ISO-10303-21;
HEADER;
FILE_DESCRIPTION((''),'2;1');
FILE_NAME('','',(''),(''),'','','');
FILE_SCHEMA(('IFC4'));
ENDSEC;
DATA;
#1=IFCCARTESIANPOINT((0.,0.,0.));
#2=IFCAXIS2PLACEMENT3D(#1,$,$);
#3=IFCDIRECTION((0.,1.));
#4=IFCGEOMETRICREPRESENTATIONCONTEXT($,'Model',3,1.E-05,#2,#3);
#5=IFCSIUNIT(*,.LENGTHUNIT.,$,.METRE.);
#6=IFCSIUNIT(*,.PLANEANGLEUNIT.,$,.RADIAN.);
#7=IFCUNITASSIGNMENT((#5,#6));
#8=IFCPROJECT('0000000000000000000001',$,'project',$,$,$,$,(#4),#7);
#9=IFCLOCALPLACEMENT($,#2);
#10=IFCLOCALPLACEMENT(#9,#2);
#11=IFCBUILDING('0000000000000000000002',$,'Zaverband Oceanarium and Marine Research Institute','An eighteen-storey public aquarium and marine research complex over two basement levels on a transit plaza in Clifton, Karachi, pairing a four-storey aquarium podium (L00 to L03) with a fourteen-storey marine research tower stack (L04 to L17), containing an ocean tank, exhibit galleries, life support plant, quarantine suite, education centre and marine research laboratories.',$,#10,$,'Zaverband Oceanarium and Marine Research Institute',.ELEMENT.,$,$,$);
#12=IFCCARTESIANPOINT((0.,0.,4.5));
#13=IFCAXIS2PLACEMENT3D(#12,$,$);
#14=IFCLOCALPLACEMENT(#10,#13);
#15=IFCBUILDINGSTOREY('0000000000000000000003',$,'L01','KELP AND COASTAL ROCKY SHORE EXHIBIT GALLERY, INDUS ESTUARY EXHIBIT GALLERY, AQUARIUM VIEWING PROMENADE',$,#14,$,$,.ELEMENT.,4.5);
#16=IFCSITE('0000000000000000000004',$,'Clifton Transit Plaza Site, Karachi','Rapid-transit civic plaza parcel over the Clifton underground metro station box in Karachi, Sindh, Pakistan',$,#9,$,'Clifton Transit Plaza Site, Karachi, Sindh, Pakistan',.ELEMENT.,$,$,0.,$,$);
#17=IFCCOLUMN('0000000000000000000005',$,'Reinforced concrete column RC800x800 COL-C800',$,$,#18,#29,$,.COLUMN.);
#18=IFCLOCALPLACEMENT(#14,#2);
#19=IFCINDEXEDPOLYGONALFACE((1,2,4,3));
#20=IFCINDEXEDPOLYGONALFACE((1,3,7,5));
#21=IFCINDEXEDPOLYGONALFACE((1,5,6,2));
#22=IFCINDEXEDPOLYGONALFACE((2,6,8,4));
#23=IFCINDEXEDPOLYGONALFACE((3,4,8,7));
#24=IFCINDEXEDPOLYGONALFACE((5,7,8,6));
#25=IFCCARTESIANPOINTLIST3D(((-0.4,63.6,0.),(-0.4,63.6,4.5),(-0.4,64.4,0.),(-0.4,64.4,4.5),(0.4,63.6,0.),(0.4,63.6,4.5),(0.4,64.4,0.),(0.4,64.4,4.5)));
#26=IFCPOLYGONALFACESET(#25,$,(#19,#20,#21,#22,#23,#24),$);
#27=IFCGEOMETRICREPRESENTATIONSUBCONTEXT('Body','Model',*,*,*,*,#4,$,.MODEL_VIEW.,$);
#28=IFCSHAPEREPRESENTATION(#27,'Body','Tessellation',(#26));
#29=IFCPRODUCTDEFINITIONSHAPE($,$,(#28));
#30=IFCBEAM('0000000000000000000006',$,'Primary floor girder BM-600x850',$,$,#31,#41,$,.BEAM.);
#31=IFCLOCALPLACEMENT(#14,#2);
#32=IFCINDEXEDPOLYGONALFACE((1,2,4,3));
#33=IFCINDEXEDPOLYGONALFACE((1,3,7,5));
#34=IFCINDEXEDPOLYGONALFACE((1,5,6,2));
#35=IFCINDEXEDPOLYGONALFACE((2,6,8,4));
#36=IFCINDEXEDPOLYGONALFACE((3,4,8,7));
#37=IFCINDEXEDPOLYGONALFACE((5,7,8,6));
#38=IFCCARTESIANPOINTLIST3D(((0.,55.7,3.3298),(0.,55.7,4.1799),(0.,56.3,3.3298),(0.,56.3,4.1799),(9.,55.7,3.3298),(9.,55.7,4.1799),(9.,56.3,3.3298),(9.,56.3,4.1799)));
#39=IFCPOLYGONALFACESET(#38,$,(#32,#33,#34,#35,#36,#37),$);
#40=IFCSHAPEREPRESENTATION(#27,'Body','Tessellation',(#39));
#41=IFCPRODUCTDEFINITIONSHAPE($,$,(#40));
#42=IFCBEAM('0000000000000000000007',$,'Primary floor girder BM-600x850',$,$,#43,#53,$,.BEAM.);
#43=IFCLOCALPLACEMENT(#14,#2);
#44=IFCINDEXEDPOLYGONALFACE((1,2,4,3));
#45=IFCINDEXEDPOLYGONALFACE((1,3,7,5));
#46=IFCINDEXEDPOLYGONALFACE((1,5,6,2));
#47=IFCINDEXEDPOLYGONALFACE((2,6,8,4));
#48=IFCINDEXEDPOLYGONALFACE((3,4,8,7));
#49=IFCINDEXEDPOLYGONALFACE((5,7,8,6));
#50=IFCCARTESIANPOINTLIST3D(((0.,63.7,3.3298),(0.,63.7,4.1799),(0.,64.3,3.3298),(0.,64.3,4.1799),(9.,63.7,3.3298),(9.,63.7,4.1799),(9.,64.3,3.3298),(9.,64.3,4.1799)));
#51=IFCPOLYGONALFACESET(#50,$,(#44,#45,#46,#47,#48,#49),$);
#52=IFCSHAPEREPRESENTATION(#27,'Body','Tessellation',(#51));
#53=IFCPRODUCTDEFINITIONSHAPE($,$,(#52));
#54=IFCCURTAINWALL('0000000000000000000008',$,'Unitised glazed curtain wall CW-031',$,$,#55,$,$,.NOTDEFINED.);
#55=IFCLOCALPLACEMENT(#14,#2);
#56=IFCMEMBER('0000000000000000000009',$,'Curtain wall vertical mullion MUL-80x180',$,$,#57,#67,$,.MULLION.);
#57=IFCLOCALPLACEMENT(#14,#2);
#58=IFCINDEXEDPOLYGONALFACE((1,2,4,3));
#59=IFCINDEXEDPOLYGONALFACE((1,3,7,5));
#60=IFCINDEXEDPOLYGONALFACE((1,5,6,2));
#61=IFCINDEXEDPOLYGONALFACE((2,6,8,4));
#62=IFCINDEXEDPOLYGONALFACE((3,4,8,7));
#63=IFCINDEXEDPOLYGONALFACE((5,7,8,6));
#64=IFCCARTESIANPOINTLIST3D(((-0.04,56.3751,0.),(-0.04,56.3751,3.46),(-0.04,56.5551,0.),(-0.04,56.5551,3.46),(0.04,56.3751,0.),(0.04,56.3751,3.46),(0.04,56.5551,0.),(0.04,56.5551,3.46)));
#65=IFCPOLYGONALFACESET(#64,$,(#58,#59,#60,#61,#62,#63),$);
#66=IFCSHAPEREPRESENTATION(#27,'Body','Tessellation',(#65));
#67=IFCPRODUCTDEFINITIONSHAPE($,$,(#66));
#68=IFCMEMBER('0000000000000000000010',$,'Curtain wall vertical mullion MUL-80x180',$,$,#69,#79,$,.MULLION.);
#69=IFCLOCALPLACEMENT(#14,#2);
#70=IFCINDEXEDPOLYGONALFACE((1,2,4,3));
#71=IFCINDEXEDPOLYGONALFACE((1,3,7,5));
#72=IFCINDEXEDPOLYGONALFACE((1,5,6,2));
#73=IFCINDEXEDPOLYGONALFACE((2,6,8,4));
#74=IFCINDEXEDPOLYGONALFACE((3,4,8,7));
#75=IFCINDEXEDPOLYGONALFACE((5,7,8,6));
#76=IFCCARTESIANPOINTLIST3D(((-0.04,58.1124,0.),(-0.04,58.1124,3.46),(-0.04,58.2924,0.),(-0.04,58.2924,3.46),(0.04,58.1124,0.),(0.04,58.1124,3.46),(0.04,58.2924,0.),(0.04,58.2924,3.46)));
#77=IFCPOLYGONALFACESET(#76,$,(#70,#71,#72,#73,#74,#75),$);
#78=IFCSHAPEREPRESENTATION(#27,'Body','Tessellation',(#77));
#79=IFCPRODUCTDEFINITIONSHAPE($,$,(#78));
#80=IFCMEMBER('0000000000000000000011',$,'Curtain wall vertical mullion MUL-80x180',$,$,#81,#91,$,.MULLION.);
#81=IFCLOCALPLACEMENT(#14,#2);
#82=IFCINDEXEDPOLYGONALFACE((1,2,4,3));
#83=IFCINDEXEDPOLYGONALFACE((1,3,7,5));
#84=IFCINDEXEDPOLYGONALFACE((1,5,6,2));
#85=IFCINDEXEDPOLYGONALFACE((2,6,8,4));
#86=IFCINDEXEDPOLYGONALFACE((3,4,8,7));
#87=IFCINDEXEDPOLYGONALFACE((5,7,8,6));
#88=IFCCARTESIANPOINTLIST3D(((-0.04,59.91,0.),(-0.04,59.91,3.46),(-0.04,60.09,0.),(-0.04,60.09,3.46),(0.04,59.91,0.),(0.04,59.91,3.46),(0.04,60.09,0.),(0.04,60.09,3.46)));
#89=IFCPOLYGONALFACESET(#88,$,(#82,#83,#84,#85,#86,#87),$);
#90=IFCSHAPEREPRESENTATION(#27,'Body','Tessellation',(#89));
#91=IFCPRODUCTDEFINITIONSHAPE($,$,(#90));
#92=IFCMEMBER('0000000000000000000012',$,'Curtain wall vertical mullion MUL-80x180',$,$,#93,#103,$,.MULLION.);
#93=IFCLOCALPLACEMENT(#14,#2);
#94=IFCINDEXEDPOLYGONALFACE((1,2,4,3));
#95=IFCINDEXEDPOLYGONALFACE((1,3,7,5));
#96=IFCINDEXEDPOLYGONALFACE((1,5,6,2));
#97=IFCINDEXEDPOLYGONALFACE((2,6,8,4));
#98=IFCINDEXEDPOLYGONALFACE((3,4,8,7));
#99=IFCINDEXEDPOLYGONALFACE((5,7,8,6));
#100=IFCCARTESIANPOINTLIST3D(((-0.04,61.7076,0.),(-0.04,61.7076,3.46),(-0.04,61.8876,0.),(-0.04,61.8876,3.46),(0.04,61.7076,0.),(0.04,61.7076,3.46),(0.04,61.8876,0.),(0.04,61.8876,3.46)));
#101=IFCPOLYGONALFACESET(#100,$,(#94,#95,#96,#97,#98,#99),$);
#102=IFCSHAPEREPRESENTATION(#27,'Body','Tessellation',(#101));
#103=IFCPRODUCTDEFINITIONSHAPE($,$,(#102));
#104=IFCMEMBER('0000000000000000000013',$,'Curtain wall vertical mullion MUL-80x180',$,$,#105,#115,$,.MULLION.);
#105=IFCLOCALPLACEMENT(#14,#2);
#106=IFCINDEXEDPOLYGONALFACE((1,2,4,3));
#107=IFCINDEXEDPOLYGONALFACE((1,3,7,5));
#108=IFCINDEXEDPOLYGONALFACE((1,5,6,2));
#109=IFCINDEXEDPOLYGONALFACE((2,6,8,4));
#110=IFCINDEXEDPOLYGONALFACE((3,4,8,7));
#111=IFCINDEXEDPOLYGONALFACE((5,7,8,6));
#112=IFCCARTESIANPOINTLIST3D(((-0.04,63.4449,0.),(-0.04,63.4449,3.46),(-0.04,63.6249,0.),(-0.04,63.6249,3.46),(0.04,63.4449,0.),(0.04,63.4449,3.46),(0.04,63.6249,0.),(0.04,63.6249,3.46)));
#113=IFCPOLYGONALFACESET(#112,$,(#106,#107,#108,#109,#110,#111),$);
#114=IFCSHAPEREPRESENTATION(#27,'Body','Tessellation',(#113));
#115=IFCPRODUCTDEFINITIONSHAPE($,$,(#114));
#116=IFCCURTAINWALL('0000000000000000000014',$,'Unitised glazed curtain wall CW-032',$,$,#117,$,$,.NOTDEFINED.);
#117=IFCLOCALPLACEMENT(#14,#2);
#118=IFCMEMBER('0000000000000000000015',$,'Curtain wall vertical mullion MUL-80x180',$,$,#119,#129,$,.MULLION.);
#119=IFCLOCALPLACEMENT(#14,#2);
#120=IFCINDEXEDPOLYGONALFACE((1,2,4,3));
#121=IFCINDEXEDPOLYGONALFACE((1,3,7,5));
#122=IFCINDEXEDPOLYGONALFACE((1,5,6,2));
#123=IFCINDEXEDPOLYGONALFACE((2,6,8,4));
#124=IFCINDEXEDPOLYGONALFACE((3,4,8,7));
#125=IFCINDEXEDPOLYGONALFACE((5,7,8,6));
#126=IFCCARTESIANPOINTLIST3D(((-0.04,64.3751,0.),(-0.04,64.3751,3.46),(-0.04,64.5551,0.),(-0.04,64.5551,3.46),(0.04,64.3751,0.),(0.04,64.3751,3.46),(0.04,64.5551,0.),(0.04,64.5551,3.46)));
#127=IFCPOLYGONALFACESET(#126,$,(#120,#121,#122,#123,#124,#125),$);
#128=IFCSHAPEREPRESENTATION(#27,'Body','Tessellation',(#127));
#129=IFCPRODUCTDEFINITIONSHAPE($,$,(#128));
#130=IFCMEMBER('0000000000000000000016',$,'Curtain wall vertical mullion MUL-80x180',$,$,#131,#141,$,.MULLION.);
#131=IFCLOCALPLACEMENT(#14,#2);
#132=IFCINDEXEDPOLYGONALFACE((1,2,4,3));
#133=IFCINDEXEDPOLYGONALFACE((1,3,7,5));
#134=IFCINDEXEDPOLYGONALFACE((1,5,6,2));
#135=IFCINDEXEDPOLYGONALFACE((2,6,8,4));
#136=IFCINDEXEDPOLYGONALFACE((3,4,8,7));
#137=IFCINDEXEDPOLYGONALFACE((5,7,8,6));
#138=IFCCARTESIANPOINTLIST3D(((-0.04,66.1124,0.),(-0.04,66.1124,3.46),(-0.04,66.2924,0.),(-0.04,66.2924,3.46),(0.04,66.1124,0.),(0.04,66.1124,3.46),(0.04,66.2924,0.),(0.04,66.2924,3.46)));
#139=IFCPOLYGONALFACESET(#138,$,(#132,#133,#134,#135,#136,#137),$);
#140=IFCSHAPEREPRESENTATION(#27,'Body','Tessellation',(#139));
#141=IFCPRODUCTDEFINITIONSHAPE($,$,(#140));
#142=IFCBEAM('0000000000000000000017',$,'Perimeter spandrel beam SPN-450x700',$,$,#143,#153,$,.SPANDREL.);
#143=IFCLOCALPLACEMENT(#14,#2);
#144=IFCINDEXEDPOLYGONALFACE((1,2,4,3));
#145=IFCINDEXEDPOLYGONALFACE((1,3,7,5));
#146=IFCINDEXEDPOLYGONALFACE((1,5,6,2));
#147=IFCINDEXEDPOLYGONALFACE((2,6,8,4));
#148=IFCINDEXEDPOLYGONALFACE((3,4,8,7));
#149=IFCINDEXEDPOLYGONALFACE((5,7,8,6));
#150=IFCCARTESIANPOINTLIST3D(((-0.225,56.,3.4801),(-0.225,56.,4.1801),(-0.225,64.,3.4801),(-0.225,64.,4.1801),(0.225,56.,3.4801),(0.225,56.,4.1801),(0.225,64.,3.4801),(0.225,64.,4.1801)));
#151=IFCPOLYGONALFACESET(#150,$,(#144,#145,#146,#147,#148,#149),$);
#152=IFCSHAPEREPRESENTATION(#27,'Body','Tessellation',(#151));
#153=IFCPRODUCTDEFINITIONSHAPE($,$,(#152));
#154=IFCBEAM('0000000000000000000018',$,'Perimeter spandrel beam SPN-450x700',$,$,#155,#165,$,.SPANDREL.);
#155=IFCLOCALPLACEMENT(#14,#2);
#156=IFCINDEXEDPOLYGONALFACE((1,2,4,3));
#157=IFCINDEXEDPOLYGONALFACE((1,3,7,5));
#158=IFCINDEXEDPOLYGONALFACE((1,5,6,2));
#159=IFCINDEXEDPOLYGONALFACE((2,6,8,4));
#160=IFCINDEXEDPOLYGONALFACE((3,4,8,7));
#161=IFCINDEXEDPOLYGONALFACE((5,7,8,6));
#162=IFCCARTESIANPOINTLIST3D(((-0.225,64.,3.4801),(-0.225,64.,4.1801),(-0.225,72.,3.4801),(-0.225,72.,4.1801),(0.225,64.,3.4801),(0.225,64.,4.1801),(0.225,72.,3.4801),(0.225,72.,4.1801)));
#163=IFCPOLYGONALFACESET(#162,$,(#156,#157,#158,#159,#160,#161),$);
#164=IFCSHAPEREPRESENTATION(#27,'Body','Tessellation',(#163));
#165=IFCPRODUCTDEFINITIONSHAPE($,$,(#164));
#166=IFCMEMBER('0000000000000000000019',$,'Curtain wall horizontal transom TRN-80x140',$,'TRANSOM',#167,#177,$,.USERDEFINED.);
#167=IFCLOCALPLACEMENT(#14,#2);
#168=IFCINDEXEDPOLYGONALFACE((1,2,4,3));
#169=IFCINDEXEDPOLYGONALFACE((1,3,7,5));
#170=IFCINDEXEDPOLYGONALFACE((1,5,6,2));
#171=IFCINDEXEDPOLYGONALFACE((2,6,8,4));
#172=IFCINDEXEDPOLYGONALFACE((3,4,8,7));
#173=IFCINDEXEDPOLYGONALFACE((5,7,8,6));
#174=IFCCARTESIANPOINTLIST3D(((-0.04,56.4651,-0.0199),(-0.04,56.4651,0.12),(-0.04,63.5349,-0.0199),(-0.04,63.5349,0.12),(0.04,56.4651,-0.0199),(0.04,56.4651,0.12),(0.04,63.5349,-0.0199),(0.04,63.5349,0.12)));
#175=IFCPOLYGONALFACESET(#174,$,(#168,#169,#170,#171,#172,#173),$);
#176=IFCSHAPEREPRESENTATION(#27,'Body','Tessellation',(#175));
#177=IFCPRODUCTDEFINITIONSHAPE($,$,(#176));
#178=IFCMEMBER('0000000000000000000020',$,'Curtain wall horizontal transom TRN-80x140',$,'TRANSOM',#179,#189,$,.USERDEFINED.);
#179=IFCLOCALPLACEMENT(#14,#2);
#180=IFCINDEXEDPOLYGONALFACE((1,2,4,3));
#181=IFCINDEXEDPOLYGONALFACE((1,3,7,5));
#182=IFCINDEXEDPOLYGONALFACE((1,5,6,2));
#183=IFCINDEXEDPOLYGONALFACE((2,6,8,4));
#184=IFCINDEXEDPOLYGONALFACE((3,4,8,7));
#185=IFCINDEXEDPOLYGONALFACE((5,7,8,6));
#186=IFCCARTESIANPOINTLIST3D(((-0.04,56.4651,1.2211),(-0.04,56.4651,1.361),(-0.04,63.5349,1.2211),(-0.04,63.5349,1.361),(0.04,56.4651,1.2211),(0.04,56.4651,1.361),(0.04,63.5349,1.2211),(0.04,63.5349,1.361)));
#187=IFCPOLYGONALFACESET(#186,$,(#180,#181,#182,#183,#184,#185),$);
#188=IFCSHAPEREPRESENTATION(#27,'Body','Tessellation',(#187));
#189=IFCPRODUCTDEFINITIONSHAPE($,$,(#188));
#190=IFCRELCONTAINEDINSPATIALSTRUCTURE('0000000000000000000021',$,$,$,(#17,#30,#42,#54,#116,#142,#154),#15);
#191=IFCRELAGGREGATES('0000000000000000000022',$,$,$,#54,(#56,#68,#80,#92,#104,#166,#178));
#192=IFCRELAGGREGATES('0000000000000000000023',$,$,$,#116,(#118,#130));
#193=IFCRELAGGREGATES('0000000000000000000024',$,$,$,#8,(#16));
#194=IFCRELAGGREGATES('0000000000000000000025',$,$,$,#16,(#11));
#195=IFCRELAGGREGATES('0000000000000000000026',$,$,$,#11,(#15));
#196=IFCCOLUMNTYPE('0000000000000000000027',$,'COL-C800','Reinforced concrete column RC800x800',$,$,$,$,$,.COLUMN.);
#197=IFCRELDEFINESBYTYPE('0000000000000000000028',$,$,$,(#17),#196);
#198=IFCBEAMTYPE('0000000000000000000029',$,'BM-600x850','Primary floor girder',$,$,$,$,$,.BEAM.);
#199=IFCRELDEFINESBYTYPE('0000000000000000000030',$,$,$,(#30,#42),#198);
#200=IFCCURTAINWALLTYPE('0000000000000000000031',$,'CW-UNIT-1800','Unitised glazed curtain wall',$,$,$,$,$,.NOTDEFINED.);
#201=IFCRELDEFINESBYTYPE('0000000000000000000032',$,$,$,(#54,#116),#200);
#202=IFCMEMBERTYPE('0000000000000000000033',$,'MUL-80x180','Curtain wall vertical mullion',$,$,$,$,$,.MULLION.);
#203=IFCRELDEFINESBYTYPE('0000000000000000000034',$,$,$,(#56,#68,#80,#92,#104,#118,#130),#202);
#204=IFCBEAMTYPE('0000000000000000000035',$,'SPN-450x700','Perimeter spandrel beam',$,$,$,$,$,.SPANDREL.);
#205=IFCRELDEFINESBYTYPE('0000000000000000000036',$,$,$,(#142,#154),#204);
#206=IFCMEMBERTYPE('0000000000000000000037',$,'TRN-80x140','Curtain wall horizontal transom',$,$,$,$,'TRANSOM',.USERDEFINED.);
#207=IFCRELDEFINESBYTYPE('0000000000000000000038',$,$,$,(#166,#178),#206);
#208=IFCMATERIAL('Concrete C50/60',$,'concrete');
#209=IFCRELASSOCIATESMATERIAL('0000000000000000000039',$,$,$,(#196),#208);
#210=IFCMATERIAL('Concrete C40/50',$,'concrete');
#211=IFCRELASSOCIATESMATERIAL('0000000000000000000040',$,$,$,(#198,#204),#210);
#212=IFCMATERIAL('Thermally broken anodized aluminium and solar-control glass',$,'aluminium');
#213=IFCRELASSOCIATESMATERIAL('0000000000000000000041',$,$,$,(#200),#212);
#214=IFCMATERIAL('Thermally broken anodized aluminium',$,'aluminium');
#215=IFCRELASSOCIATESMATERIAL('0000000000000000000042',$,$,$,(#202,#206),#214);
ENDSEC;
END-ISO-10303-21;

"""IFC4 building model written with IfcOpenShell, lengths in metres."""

from ifc_helpers import new_model, si_unit, direction, frame, origin, origin_2d, place, context, subcontext, project, spatial, rectangle, extrude, material, material_profile, profile_set, type_object, element, aggregate, save


model = new_model("IFC4")

# Units and contexts
model_context = context("Model", 3, precision=1e-05, world=origin(), true_north=direction((0.0, 1.0)))
body_context = subcontext(model_context, "Body", "Model", "MODEL_VIEW")
ifc_project = project(units=[si_unit("LENGTHUNIT", "METRE"), si_unit("PLANEANGLEUNIT", "RADIAN")], contexts=[model_context])

# Site, building, storey
site_placement = place(None, origin())
site = spatial("IfcSite", under=ifc_project, at=site_placement, Name="Clifton Transit Plaza Site, Karachi", Description="Rapid-transit civic plaza parcel over the Clifton underground metro station box in Karachi, Sindh, Pakistan", LongName="Clifton Transit Plaza Site, Karachi, Sindh, Pakistan", CompositionType="ELEMENT", RefElevation=0.0)
building_placement = place(site_placement, origin())
building = spatial("IfcBuilding", under=site, at=building_placement, Name="Zaverband Oceanarium and Marine Research Institute", Description="An eighteen-storey public aquarium and marine research complex over two basement levels on a transit plaza in Clifton, Karachi, pairing a four-storey aquarium podium (L00 to L03) with a fourteen-storey marine research tower stack (L04 to L17), containing an ocean tank, exhibit galleries, life support plant, quarantine suite, education centre and marine research laboratories.", LongName="Zaverband Oceanarium and Marine Research Institute", CompositionType="ELEMENT")
storey_placement = place(building_placement, frame((0.0, 0.0, 4.5)))
storey = spatial("IfcBuildingStorey", under=building, at=storey_placement, Name="L01", Description="KELP AND COASTAL ROCKY SHORE EXHIBIT GALLERY, INDUS ESTUARY EXHIBIT GALLERY, AQUARIUM VIEWING PROMENADE", CompositionType="ELEMENT", Elevation=4.5)

# Column
ifc_material_1 = material(Name="Concrete C50/60", Category="concrete")
ifc_material_profile_1 = material_profile(ifc_material_1, rectangle(XDim=0.8, YDim=0.8, at=origin_2d()), Name="RC800x800")
ifc_profile_set_1 = profile_set([ifc_material_profile_1], Name="Concrete C50/60")
column_type = type_object("IfcColumnType", Name="COL-C800", Description="Reinforced concrete column RC800x800", PredefinedType="COLUMN", material=ifc_profile_set_1)
column_placement = place(storey_placement, frame((0.0, 64.0, 0.0), z_axis=(0.0, 0.0, 1.0), x_axis=(1.0, 0.0, 0.0)))
element("IfcColumn", 1, at=column_placement, inside=storey, type_object=column_type, Name="Reinforced concrete column RC800x800 COL-C800", PredefinedType="COLUMN", context=body_context, shape_type="SweptSolid", body=[
    extrude(rectangle(XDim=0.8, YDim=0.8, at=origin_2d()), origin(), (0.0, 0.0, 1.0), 4.5),
])

# Beams
ifc_material_2 = material(Name="Concrete C40/50", Category="concrete")
ifc_material_profile_2 = material_profile(ifc_material_2, rectangle(XDim=0.6001, YDim=0.8501, at=origin_2d()), Name="RC600x850")
ifc_profile_set_2 = profile_set([ifc_material_profile_2], Name="Concrete C40/50")
beam_type_1 = type_object("IfcBeamType", Name="BM-600x850", Description="Primary floor girder", PredefinedType="BEAM", material=ifc_profile_set_2)
for number, where, z_axis, x_axis, name in (
    (2, (0.0, 56.0, 3.7549), (1.0, 0.0, 0.0), (0.0, 1.0, 0.0), "Primary floor girder BM-600x850"),
    (3, (0.0, 64.0, 3.7549), (1.0, 0.0, 0.0), (0.0, 1.0, 0.0), "Primary floor girder BM-600x850"),
):
    element("IfcBeam", number, at=place(storey_placement, frame(where, z_axis=z_axis, x_axis=x_axis)), inside=storey, type_object=beam_type_1, Name=name, PredefinedType="BEAM", context=body_context, shape_type="SweptSolid", body=[
        extrude(rectangle(XDim=0.6001, YDim=0.8501, at=origin_2d()), origin(), (0.0, 0.0, 1.0), 9.0),
    ])

# Curtain walls, members
ifc_material_3 = material(Name="Thermally broken anodized aluminium and solar-control glass", Category="aluminium")
curtain_wall_type = type_object("IfcCurtainWallType", Name="CW-UNIT-1800", Description="Unitised glazed curtain wall", PredefinedType="NOTDEFINED", material=ifc_material_3)
curtain_wall_1_placement = place(storey_placement, origin())
curtain_wall_1 = element("IfcCurtainWall", 4, at=curtain_wall_1_placement, inside=storey, type_object=curtain_wall_type, Name="Unitised glazed curtain wall CW-031", PredefinedType="NOTDEFINED")
ifc_material_4 = material(Name="Thermally broken anodized aluminium", Category="aluminium")
ifc_material_profile_3 = material_profile(ifc_material_4, rectangle(XDim=0.0801, YDim=0.1799, at=origin_2d()), Name="AL-MUL-80x180")
ifc_profile_set_3 = profile_set([ifc_material_profile_3], Name="Thermally broken anodized aluminium")
member_type_1 = type_object("IfcMemberType", Name="MUL-80x180", Description="Curtain wall vertical mullion", PredefinedType="MULLION", material=ifc_profile_set_3)
member_1_placement = place(storey_placement, frame((0.0, 56.4651, 0.0), z_axis=(0.0, 0.0, 1.0), x_axis=(1.0, 0.0, 0.0)))
member_1 = element("IfcMember", 5, at=member_1_placement, type_object=member_type_1, Name="Curtain wall vertical mullion MUL-80x180", PredefinedType="MULLION", context=body_context, shape_type="SweptSolid", body=[
    extrude(rectangle(XDim=0.0801, YDim=0.1799, at=origin_2d()), origin(), (0.0, 0.0, 1.0), 3.46),
])
member_2_placement = place(storey_placement, frame((0.0, 58.2024, 0.0), z_axis=(0.0, 0.0, 1.0), x_axis=(1.0, 0.0, 0.0)))
member_2 = element("IfcMember", 6, at=member_2_placement, type_object=member_type_1, Name="Curtain wall vertical mullion MUL-80x180", PredefinedType="MULLION", context=body_context, shape_type="SweptSolid", body=[
    extrude(rectangle(XDim=0.0801, YDim=0.1799, at=origin_2d()), origin(), (0.0, 0.0, 1.0), 3.46),
])
member_3_placement = place(storey_placement, frame((0.0, 60.0, 0.0), z_axis=(0.0, 0.0, 1.0), x_axis=(1.0, 0.0, 0.0)))
member_3 = element("IfcMember", 7, at=member_3_placement, type_object=member_type_1, Name="Curtain wall vertical mullion MUL-80x180", PredefinedType="MULLION", context=body_context, shape_type="SweptSolid", body=[
    extrude(rectangle(XDim=0.0801, YDim=0.1799, at=origin_2d()), origin(), (0.0, 0.0, 1.0), 3.46),
])
member_4_placement = place(storey_placement, frame((0.0, 61.7976, 0.0), z_axis=(0.0, 0.0, 1.0), x_axis=(1.0, 0.0, 0.0)))
member_4 = element("IfcMember", 8, at=member_4_placement, type_object=member_type_1, Name="Curtain wall vertical mullion MUL-80x180", PredefinedType="MULLION", context=body_context, shape_type="SweptSolid", body=[
    extrude(rectangle(XDim=0.0801, YDim=0.1799, at=origin_2d()), origin(), (0.0, 0.0, 1.0), 3.46),
])
member_5_placement = place(storey_placement, frame((0.0, 63.5349, 0.0), z_axis=(0.0, 0.0, 1.0), x_axis=(1.0, 0.0, 0.0)))
member_5 = element("IfcMember", 9, at=member_5_placement, type_object=member_type_1, Name="Curtain wall vertical mullion MUL-80x180", PredefinedType="MULLION", context=body_context, shape_type="SweptSolid", body=[
    extrude(rectangle(XDim=0.0801, YDim=0.1799, at=origin_2d()), origin(), (0.0, 0.0, 1.0), 3.46),
])
curtain_wall_2_placement = place(storey_placement, origin())
curtain_wall_2 = element("IfcCurtainWall", 10, at=curtain_wall_2_placement, inside=storey, type_object=curtain_wall_type, Name="Unitised glazed curtain wall CW-032", PredefinedType="NOTDEFINED")
member_6_placement = place(storey_placement, frame((0.0, 64.4651, 0.0), z_axis=(0.0, 0.0, 1.0), x_axis=(1.0, 0.0, 0.0)))
member_6 = element("IfcMember", 11, at=member_6_placement, type_object=member_type_1, Name="Curtain wall vertical mullion MUL-80x180", PredefinedType="MULLION", context=body_context, shape_type="SweptSolid", body=[
    extrude(rectangle(XDim=0.0801, YDim=0.1799, at=origin_2d()), origin(), (0.0, 0.0, 1.0), 3.46),
])
member_7_placement = place(storey_placement, frame((0.0, 66.2024, 0.0), z_axis=(0.0, 0.0, 1.0), x_axis=(1.0, 0.0, 0.0)))
member_7 = element("IfcMember", 12, at=member_7_placement, type_object=member_type_1, Name="Curtain wall vertical mullion MUL-80x180", PredefinedType="MULLION", context=body_context, shape_type="SweptSolid", body=[
    extrude(rectangle(XDim=0.0801, YDim=0.1799, at=origin_2d()), origin(), (0.0, 0.0, 1.0), 3.46),
])

# Beams
ifc_material_profile_4 = material_profile(ifc_material_2, rectangle(XDim=0.45, YDim=0.7, at=origin_2d()), Name="RC450x700")
ifc_profile_set_4 = profile_set([ifc_material_profile_4], Name="Concrete C40/50")
beam_type_2 = type_object("IfcBeamType", Name="SPN-450x700", Description="Perimeter spandrel beam", PredefinedType="SPANDREL", material=ifc_profile_set_4)
for number, where, z_axis, x_axis, name in (
    (13, (0.0, 56.0, 3.8301), (0.0, 1.0, 0.0), (-1.0, 0.0, 0.0), "Perimeter spandrel beam SPN-450x700"),
    (14, (0.0, 64.0, 3.8301), (0.0, 1.0, 0.0), (-1.0, 0.0, 0.0), "Perimeter spandrel beam SPN-450x700"),
):
    element("IfcBeam", number, at=place(storey_placement, frame(where, z_axis=z_axis, x_axis=x_axis)), inside=storey, type_object=beam_type_2, Name=name, PredefinedType="SPANDREL", context=body_context, shape_type="SweptSolid", body=[
        extrude(rectangle(XDim=0.45, YDim=0.7, at=origin_2d()), origin(), (0.0, 0.0, 1.0), 8.0),
    ])

# Members
ifc_material_profile_5 = material_profile(ifc_material_4, rectangle(XDim=0.0801, YDim=0.1399, at=origin_2d()), Name="AL-TRN-80x140")
ifc_profile_set_5 = profile_set([ifc_material_profile_5], Name="Thermally broken anodized aluminium")
member_type_2 = type_object("IfcMemberType", Name="TRN-80x140", Description="Curtain wall horizontal transom", ElementType="TRANSOM", PredefinedType="USERDEFINED", material=ifc_profile_set_5)
member_8_placement = place(storey_placement, frame((0.0, 56.4651, 0.05), z_axis=(0.0, 1.0, 0.0), x_axis=(-1.0, 0.0, 0.0)))
member_8 = element("IfcMember", 15, at=member_8_placement, type_object=member_type_2, Name="Curtain wall horizontal transom TRN-80x140", ObjectType="TRANSOM", PredefinedType="USERDEFINED", context=body_context, shape_type="SweptSolid", body=[
    extrude(rectangle(XDim=0.0801, YDim=0.1399, at=origin_2d()), origin(), (0.0, 0.0, 1.0), 7.0698),
])
member_9_placement = place(storey_placement, frame((0.0, 56.4651, 1.291), z_axis=(0.0, 1.0, 0.0), x_axis=(-1.0, 0.0, 0.0)))
member_9 = element("IfcMember", 16, at=member_9_placement, type_object=member_type_2, Name="Curtain wall horizontal transom TRN-80x140", ObjectType="TRANSOM", PredefinedType="USERDEFINED", context=body_context, shape_type="SweptSolid", body=[
    extrude(rectangle(XDim=0.0801, YDim=0.1399, at=origin_2d()), origin(), (0.0, 0.0, 1.0), 7.0698),
])

aggregate(curtain_wall_1, [member_1, member_2, member_3, member_4, member_5, member_8, member_9])
aggregate(curtain_wall_2, [member_6, member_7])

save(model, "model.ifc")
